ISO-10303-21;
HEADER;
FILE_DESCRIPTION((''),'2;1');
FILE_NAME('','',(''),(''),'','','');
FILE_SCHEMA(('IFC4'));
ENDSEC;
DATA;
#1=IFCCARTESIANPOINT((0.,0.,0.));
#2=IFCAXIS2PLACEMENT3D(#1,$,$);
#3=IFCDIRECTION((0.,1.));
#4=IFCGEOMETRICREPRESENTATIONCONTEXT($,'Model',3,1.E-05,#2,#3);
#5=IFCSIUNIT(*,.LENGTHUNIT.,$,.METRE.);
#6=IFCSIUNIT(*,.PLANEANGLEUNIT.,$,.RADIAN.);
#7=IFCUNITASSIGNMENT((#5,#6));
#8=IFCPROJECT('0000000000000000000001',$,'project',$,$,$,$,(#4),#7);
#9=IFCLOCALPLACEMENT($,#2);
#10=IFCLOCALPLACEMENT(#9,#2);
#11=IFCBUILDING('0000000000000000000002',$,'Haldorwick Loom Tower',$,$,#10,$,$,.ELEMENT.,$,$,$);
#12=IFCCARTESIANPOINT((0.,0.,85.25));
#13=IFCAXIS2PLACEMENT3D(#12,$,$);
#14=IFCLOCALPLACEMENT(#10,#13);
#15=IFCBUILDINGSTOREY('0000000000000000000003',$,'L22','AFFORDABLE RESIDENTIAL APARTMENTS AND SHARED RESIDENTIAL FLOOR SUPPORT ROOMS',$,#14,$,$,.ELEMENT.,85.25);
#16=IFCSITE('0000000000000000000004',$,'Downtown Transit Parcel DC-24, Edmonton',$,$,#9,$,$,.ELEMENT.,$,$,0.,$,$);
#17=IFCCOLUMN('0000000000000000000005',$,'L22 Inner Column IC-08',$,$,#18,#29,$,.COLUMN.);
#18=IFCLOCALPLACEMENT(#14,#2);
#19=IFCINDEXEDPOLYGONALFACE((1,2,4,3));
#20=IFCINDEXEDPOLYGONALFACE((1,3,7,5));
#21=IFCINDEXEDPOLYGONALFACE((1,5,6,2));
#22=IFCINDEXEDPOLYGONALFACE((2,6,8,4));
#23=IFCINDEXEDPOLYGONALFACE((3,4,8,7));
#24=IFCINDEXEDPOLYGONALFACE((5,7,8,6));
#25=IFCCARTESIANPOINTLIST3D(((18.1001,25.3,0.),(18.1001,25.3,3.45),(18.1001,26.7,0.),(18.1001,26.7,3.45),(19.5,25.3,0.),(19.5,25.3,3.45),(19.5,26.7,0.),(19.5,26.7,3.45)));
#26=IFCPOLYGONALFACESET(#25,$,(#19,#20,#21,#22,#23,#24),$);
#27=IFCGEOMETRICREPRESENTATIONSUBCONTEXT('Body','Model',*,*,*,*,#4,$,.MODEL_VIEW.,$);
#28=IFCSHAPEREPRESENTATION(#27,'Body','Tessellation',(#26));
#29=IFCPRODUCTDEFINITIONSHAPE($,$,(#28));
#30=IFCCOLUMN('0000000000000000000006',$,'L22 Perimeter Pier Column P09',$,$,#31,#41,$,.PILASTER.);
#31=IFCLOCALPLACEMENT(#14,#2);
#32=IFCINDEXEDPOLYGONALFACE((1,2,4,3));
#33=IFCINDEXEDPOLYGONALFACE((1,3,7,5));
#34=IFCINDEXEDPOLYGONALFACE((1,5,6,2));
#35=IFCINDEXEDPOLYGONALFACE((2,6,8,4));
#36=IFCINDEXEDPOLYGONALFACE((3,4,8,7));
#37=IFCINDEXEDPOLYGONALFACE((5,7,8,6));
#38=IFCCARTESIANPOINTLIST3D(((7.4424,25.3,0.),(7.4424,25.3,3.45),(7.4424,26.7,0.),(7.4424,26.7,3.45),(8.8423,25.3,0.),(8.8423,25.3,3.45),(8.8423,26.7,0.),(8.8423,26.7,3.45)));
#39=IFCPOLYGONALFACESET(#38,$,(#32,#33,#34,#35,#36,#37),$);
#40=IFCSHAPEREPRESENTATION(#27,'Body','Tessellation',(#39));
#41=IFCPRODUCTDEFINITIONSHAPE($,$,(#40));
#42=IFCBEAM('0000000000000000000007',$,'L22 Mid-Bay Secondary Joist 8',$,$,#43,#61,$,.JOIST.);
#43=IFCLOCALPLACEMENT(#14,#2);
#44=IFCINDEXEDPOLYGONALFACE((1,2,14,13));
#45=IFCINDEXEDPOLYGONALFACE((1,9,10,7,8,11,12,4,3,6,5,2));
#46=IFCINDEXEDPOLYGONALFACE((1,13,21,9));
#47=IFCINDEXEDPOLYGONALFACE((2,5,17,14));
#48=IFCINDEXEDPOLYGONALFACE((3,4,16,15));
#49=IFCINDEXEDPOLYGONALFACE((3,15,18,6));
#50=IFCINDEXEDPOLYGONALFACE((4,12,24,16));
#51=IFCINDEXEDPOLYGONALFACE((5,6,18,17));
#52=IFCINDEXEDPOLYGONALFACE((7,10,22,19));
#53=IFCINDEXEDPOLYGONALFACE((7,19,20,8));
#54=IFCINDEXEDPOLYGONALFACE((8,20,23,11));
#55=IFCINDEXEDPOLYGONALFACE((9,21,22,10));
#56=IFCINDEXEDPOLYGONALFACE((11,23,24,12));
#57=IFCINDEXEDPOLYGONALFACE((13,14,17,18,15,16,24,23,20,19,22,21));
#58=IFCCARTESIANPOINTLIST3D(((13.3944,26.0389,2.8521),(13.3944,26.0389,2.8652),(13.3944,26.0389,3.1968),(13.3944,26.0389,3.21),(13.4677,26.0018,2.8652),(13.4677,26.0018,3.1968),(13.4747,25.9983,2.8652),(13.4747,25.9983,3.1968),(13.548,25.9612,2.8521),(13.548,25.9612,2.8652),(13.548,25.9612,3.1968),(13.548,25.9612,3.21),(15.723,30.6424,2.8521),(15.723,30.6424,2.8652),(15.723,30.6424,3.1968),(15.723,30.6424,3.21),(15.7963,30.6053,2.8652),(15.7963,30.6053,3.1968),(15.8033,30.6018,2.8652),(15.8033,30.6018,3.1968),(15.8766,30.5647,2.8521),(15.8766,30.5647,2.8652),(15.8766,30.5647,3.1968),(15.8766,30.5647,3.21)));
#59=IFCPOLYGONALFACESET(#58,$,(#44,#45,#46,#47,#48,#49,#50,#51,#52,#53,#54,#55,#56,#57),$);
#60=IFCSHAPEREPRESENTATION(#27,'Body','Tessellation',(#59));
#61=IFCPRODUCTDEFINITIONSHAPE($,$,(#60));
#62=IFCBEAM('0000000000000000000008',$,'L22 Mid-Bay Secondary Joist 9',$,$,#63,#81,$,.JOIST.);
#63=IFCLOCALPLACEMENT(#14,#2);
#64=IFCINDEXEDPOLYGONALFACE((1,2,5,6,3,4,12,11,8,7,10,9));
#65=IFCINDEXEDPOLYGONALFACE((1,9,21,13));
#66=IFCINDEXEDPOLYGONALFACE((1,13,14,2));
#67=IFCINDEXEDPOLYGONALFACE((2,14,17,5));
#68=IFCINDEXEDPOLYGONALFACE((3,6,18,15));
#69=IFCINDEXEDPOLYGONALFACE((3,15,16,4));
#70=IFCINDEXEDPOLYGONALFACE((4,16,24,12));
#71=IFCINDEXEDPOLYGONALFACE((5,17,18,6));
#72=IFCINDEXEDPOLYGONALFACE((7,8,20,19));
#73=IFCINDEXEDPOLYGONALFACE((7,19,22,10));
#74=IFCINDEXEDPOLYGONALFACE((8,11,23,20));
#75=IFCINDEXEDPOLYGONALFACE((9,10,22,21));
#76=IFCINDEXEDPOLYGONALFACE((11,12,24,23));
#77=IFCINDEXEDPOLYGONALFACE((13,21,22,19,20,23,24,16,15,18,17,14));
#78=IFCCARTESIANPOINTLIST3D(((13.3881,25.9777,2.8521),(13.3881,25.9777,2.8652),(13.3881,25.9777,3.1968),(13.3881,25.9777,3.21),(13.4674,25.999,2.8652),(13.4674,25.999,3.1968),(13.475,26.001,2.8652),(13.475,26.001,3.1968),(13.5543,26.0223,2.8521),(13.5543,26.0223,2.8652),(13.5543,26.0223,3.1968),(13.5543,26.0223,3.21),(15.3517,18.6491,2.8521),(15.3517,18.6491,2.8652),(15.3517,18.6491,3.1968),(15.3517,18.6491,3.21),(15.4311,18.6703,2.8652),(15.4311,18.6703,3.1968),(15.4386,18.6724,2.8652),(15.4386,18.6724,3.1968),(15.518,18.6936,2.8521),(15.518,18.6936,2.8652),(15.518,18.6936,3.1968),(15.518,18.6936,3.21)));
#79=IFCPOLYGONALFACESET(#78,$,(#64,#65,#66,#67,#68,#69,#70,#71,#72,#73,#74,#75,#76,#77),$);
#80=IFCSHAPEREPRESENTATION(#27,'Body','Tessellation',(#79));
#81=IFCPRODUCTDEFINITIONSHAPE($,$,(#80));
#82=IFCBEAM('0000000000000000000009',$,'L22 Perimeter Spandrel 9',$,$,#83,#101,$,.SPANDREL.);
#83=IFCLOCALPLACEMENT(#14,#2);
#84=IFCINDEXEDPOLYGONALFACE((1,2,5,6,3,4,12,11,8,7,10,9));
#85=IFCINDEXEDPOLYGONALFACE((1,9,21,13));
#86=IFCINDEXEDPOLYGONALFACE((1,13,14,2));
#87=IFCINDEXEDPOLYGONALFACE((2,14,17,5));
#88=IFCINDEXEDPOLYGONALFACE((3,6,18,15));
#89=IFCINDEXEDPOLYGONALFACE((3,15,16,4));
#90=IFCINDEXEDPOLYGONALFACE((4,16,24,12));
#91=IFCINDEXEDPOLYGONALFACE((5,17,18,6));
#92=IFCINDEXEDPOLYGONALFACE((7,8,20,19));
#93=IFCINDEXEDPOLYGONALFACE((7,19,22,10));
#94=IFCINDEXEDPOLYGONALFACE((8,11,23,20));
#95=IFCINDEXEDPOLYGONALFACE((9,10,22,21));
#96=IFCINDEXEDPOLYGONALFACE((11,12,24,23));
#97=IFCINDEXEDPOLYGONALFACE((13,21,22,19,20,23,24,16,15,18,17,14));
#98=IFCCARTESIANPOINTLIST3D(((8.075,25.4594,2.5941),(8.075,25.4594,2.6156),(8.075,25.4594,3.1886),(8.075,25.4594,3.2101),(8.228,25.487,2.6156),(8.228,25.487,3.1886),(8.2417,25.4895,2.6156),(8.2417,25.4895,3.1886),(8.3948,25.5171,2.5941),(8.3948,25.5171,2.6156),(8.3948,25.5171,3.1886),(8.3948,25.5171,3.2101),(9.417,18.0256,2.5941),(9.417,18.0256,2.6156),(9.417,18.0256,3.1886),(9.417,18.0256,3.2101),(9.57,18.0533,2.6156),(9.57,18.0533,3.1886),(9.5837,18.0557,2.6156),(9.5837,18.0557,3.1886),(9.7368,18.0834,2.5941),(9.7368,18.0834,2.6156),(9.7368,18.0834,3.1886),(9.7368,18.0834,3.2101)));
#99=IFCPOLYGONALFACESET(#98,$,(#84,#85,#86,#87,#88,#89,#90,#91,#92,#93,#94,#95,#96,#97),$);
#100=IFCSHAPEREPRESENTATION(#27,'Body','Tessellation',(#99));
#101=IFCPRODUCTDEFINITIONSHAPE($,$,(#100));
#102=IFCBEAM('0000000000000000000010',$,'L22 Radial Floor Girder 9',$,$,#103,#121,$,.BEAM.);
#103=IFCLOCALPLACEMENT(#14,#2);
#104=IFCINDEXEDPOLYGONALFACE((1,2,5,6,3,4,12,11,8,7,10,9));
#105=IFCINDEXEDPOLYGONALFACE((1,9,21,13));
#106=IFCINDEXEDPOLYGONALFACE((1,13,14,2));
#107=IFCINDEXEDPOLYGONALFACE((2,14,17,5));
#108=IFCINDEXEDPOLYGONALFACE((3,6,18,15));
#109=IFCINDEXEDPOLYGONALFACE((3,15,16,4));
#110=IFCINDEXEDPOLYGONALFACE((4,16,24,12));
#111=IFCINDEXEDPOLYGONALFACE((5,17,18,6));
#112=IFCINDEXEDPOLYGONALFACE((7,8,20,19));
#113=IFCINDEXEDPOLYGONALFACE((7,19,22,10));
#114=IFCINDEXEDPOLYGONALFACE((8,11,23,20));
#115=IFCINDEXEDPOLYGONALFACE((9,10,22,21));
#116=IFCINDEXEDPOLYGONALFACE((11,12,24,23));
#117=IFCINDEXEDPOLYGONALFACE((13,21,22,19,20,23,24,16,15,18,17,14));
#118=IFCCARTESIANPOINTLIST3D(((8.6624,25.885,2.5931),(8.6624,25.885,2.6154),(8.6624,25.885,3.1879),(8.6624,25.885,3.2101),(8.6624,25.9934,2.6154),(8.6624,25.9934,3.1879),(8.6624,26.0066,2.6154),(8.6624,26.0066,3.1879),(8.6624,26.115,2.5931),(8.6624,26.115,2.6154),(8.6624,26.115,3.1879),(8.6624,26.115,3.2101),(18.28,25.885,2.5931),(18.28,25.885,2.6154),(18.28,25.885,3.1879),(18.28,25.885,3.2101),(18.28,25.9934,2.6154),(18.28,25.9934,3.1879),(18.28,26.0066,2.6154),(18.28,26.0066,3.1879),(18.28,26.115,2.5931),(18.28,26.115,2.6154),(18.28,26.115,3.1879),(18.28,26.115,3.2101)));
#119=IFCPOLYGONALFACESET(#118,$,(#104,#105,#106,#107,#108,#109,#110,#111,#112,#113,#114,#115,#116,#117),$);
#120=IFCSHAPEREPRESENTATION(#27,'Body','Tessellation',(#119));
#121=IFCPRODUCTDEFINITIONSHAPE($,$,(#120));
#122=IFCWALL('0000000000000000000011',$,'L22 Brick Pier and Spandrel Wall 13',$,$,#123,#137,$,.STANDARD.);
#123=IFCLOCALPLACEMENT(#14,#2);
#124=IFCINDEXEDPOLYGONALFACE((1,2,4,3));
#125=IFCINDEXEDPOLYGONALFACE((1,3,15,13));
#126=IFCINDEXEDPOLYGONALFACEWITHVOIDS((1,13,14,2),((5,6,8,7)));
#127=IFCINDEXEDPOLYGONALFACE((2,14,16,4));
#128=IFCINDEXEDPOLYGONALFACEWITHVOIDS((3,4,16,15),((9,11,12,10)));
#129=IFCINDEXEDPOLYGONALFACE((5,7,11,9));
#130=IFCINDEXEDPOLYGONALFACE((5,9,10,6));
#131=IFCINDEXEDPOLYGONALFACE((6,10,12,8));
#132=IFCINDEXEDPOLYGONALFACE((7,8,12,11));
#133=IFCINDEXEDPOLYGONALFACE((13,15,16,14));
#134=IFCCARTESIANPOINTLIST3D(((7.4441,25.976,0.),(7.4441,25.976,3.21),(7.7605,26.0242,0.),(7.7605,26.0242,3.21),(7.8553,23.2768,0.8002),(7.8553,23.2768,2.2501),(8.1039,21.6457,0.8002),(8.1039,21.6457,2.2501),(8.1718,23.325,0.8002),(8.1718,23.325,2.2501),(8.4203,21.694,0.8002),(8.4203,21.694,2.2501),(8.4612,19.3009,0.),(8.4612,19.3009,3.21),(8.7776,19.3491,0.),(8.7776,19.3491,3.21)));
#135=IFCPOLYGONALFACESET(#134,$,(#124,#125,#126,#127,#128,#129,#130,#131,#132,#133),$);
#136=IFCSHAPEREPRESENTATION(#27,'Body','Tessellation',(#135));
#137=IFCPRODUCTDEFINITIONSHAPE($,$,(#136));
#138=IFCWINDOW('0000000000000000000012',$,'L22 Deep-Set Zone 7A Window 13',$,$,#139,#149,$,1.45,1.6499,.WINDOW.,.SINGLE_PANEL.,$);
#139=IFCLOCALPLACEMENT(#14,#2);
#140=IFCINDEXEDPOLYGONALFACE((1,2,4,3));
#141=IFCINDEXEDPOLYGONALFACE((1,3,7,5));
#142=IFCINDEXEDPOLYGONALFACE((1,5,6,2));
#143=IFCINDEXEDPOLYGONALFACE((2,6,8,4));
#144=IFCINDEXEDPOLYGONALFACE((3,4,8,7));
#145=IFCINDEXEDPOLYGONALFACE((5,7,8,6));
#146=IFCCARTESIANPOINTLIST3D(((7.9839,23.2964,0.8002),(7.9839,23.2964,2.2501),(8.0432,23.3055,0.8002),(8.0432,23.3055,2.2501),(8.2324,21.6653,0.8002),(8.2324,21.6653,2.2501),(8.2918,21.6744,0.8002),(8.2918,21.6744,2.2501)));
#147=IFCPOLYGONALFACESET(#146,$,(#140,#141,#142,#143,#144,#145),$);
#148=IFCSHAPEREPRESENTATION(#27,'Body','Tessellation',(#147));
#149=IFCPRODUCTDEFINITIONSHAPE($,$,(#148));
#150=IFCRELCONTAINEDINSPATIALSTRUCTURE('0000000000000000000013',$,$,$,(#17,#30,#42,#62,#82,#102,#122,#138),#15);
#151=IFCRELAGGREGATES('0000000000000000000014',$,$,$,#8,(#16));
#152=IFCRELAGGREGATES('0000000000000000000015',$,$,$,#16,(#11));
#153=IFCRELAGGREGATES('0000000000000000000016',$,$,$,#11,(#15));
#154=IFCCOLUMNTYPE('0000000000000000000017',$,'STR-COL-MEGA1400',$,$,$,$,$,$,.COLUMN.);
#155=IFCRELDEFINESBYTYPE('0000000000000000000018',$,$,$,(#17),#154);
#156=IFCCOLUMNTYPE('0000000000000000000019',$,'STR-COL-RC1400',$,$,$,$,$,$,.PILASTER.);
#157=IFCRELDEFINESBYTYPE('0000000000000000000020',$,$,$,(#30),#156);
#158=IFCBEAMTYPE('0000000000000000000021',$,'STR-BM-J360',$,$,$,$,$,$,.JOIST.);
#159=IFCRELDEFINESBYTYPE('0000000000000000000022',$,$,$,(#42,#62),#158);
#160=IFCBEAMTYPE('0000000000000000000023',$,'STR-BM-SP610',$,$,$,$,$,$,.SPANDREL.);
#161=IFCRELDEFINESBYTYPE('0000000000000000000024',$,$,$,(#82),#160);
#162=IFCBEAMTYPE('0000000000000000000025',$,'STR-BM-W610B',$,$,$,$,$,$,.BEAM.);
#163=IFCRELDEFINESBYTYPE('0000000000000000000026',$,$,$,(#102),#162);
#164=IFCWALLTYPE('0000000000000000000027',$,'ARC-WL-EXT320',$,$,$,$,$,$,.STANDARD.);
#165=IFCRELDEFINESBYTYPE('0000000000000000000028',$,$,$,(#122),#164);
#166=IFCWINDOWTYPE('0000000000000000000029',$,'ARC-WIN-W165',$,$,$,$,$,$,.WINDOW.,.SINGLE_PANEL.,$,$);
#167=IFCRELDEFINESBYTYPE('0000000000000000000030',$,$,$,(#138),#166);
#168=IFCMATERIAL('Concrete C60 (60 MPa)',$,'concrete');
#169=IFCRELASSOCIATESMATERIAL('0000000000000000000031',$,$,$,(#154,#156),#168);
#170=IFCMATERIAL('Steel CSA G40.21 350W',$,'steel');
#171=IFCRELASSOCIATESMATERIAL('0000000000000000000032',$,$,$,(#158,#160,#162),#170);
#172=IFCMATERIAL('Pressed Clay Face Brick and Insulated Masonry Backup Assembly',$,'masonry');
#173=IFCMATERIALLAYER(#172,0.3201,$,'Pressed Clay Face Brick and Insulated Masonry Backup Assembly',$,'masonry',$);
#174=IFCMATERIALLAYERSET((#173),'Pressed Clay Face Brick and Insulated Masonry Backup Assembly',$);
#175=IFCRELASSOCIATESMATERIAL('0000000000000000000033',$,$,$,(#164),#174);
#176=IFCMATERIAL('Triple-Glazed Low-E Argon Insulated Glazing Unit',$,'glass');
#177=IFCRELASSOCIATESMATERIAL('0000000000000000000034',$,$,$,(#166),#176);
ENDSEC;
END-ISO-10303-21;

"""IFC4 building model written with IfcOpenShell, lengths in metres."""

from ifc_helpers import new_model, si_unit, direction, frame, frame_2d, origin, origin_2d, place, context, subcontext, project, spatial, rectangle, i_section, extrude, material, layer, layer_set, material_profile, profile_set, type_object, element, fill, save


model = new_model("IFC4")

# Units and contexts
model_context = context("Model", 3, precision=1e-05, world=origin(), true_north=direction((0.0, 1.0)))
body_context = subcontext(model_context, "Body", "Model", "MODEL_VIEW")
ifc_project = project(units=[si_unit("LENGTHUNIT", "METRE"), si_unit("PLANEANGLEUNIT", "RADIAN")], contexts=[model_context])

# Site, building, storey
site_placement = place(None, origin())
site = spatial("IfcSite", under=ifc_project, at=site_placement, Name="Downtown Transit Parcel DC-24, Edmonton", CompositionType="ELEMENT", RefElevation=0.0)
building_placement = place(site_placement, origin())
building = spatial("IfcBuilding", under=site, at=building_placement, Name="Haldorwick Loom Tower", CompositionType="ELEMENT")
storey_placement = place(building_placement, frame((0.0, 0.0, 85.25)))
storey = spatial("IfcBuildingStorey", under=building, at=storey_placement, Name="L22", Description="AFFORDABLE RESIDENTIAL APARTMENTS AND SHARED RESIDENTIAL FLOOR SUPPORT ROOMS", CompositionType="ELEMENT", Elevation=85.25)

# Columns
ifc_material_1 = material(Name="Concrete C60 (60 MPa)", Category="concrete")
ifc_material_profile_1 = material_profile(ifc_material_1, rectangle(XDim=1.3999, YDim=1.3999, at=origin_2d()), Name="RC1400X1400", Category="concrete")
ifc_profile_set_1 = profile_set([ifc_material_profile_1], Name="Concrete C60 (60 MPa)")
column_type_1 = type_object("IfcColumnType", Name="STR-COL-MEGA1400", PredefinedType="COLUMN", material=ifc_profile_set_1)
column_1_placement = place(storey_placement, frame((18.8, 26.0, 0.0), z_axis=(0.0, 0.0, 1.0), x_axis=(1.0, 0.0, 0.0)))
element("IfcColumn", 1, at=column_1_placement, inside=storey, type_object=column_type_1, Name="L22 Inner Column IC-08", PredefinedType="COLUMN", context=body_context, shape_type="SweptSolid", body=[
    extrude(rectangle(XDim=1.3999, YDim=1.3999, at=origin_2d()), origin(), (0.0, 0.0, 1.0), 3.45),
])
ifc_material_profile_2 = material_profile(ifc_material_1, rectangle(XDim=1.3999, YDim=1.3999, at=origin_2d()), Name="RC1400X1400", Category="concrete")
ifc_profile_set_2 = profile_set([ifc_material_profile_2], Name="Concrete C60 (60 MPa)")
column_type_2 = type_object("IfcColumnType", Name="STR-COL-RC1400", PredefinedType="PILASTER", material=ifc_profile_set_2)
column_2_placement = place(storey_placement, frame((8.1423, 26.0, 0.0), z_axis=(0.0, 0.0, 1.0), x_axis=(-1.0, 0.0, 0.0)))
element("IfcColumn", 2, at=column_2_placement, inside=storey, type_object=column_type_2, Name="L22 Perimeter Pier Column P09", PredefinedType="PILASTER", context=body_context, shape_type="SweptSolid", body=[
    extrude(rectangle(XDim=1.3999, YDim=1.3999, at=origin_2d()), origin(), (0.0, 0.0, 1.0), 3.45),
])

# Beams
ifc_material_2 = material(Name="Steel CSA G40.21 350W", Category="steel")
ifc_material_profile_3 = material_profile(ifc_material_2, i_section(OverallWidth=0.1721, OverallDepth=0.3579, WebThickness=0.0078, FlangeThickness=0.0132, at=origin_2d()), Name="W360X57", Category="steel")
ifc_profile_set_3 = profile_set([ifc_material_profile_3], Name="Steel CSA G40.21 350W")
beam_type_1 = type_object("IfcBeamType", Name="STR-BM-J360", PredefinedType="JOIST", material=ifc_profile_set_3)
beam_1_placement = place(storey_placement, frame((15.7998, 30.6035, 3.031), z_axis=(-0.451373, -0.892335, 0.0), x_axis=(0.892335, -0.451373, 0.0)))
element("IfcBeam", 3, at=beam_1_placement, inside=storey, type_object=beam_type_1, Name="L22 Mid-Bay Secondary Joist 8", PredefinedType="JOIST", context=body_context, shape_type="SweptSolid", body=[
    extrude(i_section(OverallWidth=0.1721, OverallDepth=0.3579, WebThickness=0.0078, FlangeThickness=0.0132, at=origin_2d()), origin(), (0.0, 0.0, 1.0), 5.1589),
])
beam_2_placement = place(storey_placement, frame((13.4712, 26.0, 3.031), z_axis=(0.25881, -0.965928, 0.0), x_axis=(0.965928, 0.25881, 0.0)))
element("IfcBeam", 4, at=beam_2_placement, inside=storey, type_object=beam_type_1, Name="L22 Mid-Bay Secondary Joist 9", PredefinedType="JOIST", context=body_context, shape_type="SweptSolid", body=[
    extrude(i_section(OverallWidth=0.1721, OverallDepth=0.3579, WebThickness=0.0078, FlangeThickness=0.0132, at=origin_2d()), origin(), (0.0, 0.0, 1.0), 7.5872),
])
ifc_material_profile_4 = material_profile(ifc_material_2, i_section(OverallWidth=0.325, OverallDepth=0.616, WebThickness=0.0139, FlangeThickness=0.0215, at=origin_2d()), Name="W610X174", Category="steel")
ifc_profile_set_4 = profile_set([ifc_material_profile_4], Name="Steel CSA G40.21 350W")
beam_type_2 = type_object("IfcBeamType", Name="STR-BM-SP610", PredefinedType="SPANDREL", material=ifc_profile_set_4)
beam_3_placement = place(storey_placement, frame((8.2349, 25.4883, 2.9021), z_axis=(0.177659, -0.984092, 0.0), x_axis=(0.984092, 0.177659, 0.0)))
element("IfcBeam", 5, at=beam_3_placement, inside=storey, type_object=beam_type_2, Name="L22 Perimeter Spandrel 9", PredefinedType="SPANDREL", context=body_context, shape_type="SweptSolid", body=[
    extrude(i_section(OverallWidth=0.325, OverallDepth=0.616, WebThickness=0.0139, FlangeThickness=0.0215, at=origin_2d()), origin(), (0.0, 0.0, 1.0), 7.554),
])
ifc_material_profile_5 = material_profile(ifc_material_2, i_section(OverallWidth=0.23, OverallDepth=0.6169, WebThickness=0.0132, FlangeThickness=0.0222, at=origin_2d()), Name="W610X140", Category="steel")
ifc_profile_set_5 = profile_set([ifc_material_profile_5], Name="Steel CSA G40.21 350W")
beam_type_3 = type_object("IfcBeamType", Name="STR-BM-W610B", PredefinedType="BEAM", material=ifc_profile_set_5)
beam_4_placement = place(storey_placement, frame((18.28, 26.0, 2.9016), z_axis=(-1.0, 0.0, 0.0), x_axis=(0.0, -1.0, 0.0)))
element("IfcBeam", 6, at=beam_4_placement, inside=storey, type_object=beam_type_3, Name="L22 Radial Floor Girder 9", PredefinedType="BEAM", context=body_context, shape_type="SweptSolid", body=[
    extrude(i_section(OverallWidth=0.23, OverallDepth=0.6169, WebThickness=0.0132, FlangeThickness=0.0222, at=origin_2d()), origin(), (0.0, 0.0, 1.0), 9.6177),
])

# Wall, opening, window
ifc_material_3 = material(Name="Pressed Clay Face Brick and Insulated Masonry Backup Assembly", Category="masonry")
ifc_layer_1 = layer(ifc_material_3, 0.3201, Name="Pressed Clay Face Brick and Insulated Masonry Backup Assembly", Category="masonry")
ifc_layer_set_1 = layer_set([ifc_layer_1], Name="Pressed Clay Face Brick and Insulated Masonry Backup Assembly")
wall_type_1 = type_object("IfcWallType", Name="ARC-WL-EXT320", PredefinedType="STANDARD", material=ifc_layer_set_1)
wall_1_placement = place(storey_placement, frame((7.6023, 26.0, 0.0), z_axis=(0.0, 0.0, 1.0), x_axis=(0.150633, -0.98859, 0.0)))
wall_1 = element("IfcWall", 7, at=wall_1_placement, inside=storey, type_object=wall_type_1, Name="L22 Brick Pier and Spandrel Wall 13", PredefinedType="STANDARD", context=body_context, shape_type="SweptSolid", body=[
    extrude(rectangle(XDim=6.7522, YDim=0.3201, at=frame_2d((3.376, 0.0))), origin(), (0.0, 0.0, 1.0), 3.21),
])
opening_1_placement = place(wall_1_placement, frame((2.7302, 0.0, 0.8)))
opening_1 = element("IfcOpeningElement", 8, at=opening_1_placement, cuts=wall_1, PredefinedType="OPENING", context=body_context, shape_type="SweptSolid", body=[
    extrude(rectangle(XDim=1.6499, YDim=1.45, at=frame_2d((0.825, 0.7251))), frame((0.0, 0.1699, 0.0), z_axis=(0.0, -1.0, 0.0), x_axis=(1.0, 0.0, 0.0)), (0.0, 0.0, 1.0), 0.3401),
])
ifc_material_4 = material(Name="Triple-Glazed Low-E Argon Insulated Glazing Unit", Category="glass")
window_type = type_object("IfcWindowType", Name="ARC-WIN-W165", PartitioningType="SINGLE_PANEL", PredefinedType="WINDOW", material=ifc_material_4)
window_placement = place(opening_1_placement, origin())
window = element("IfcWindow", 9, at=window_placement, inside=storey, type_object=window_type, Name="L22 Deep-Set Zone 7A Window 13", OverallHeight=1.45, OverallWidth=1.6499, PartitioningType="SINGLE_PANEL", PredefinedType="WINDOW", context=body_context, shape_type="SweptSolid", body=[
    extrude(rectangle(XDim=1.6499, YDim=1.45, at=frame_2d((0.825, 0.7251))), frame((0.0, 0.03, 0.0), z_axis=(0.0, -1.0, 0.0), x_axis=(1.0, 0.0, 0.0)), (0.0, 0.0, 1.0), 0.0601),
])
fill(opening_1, window)

save(model, "model.ifc")
